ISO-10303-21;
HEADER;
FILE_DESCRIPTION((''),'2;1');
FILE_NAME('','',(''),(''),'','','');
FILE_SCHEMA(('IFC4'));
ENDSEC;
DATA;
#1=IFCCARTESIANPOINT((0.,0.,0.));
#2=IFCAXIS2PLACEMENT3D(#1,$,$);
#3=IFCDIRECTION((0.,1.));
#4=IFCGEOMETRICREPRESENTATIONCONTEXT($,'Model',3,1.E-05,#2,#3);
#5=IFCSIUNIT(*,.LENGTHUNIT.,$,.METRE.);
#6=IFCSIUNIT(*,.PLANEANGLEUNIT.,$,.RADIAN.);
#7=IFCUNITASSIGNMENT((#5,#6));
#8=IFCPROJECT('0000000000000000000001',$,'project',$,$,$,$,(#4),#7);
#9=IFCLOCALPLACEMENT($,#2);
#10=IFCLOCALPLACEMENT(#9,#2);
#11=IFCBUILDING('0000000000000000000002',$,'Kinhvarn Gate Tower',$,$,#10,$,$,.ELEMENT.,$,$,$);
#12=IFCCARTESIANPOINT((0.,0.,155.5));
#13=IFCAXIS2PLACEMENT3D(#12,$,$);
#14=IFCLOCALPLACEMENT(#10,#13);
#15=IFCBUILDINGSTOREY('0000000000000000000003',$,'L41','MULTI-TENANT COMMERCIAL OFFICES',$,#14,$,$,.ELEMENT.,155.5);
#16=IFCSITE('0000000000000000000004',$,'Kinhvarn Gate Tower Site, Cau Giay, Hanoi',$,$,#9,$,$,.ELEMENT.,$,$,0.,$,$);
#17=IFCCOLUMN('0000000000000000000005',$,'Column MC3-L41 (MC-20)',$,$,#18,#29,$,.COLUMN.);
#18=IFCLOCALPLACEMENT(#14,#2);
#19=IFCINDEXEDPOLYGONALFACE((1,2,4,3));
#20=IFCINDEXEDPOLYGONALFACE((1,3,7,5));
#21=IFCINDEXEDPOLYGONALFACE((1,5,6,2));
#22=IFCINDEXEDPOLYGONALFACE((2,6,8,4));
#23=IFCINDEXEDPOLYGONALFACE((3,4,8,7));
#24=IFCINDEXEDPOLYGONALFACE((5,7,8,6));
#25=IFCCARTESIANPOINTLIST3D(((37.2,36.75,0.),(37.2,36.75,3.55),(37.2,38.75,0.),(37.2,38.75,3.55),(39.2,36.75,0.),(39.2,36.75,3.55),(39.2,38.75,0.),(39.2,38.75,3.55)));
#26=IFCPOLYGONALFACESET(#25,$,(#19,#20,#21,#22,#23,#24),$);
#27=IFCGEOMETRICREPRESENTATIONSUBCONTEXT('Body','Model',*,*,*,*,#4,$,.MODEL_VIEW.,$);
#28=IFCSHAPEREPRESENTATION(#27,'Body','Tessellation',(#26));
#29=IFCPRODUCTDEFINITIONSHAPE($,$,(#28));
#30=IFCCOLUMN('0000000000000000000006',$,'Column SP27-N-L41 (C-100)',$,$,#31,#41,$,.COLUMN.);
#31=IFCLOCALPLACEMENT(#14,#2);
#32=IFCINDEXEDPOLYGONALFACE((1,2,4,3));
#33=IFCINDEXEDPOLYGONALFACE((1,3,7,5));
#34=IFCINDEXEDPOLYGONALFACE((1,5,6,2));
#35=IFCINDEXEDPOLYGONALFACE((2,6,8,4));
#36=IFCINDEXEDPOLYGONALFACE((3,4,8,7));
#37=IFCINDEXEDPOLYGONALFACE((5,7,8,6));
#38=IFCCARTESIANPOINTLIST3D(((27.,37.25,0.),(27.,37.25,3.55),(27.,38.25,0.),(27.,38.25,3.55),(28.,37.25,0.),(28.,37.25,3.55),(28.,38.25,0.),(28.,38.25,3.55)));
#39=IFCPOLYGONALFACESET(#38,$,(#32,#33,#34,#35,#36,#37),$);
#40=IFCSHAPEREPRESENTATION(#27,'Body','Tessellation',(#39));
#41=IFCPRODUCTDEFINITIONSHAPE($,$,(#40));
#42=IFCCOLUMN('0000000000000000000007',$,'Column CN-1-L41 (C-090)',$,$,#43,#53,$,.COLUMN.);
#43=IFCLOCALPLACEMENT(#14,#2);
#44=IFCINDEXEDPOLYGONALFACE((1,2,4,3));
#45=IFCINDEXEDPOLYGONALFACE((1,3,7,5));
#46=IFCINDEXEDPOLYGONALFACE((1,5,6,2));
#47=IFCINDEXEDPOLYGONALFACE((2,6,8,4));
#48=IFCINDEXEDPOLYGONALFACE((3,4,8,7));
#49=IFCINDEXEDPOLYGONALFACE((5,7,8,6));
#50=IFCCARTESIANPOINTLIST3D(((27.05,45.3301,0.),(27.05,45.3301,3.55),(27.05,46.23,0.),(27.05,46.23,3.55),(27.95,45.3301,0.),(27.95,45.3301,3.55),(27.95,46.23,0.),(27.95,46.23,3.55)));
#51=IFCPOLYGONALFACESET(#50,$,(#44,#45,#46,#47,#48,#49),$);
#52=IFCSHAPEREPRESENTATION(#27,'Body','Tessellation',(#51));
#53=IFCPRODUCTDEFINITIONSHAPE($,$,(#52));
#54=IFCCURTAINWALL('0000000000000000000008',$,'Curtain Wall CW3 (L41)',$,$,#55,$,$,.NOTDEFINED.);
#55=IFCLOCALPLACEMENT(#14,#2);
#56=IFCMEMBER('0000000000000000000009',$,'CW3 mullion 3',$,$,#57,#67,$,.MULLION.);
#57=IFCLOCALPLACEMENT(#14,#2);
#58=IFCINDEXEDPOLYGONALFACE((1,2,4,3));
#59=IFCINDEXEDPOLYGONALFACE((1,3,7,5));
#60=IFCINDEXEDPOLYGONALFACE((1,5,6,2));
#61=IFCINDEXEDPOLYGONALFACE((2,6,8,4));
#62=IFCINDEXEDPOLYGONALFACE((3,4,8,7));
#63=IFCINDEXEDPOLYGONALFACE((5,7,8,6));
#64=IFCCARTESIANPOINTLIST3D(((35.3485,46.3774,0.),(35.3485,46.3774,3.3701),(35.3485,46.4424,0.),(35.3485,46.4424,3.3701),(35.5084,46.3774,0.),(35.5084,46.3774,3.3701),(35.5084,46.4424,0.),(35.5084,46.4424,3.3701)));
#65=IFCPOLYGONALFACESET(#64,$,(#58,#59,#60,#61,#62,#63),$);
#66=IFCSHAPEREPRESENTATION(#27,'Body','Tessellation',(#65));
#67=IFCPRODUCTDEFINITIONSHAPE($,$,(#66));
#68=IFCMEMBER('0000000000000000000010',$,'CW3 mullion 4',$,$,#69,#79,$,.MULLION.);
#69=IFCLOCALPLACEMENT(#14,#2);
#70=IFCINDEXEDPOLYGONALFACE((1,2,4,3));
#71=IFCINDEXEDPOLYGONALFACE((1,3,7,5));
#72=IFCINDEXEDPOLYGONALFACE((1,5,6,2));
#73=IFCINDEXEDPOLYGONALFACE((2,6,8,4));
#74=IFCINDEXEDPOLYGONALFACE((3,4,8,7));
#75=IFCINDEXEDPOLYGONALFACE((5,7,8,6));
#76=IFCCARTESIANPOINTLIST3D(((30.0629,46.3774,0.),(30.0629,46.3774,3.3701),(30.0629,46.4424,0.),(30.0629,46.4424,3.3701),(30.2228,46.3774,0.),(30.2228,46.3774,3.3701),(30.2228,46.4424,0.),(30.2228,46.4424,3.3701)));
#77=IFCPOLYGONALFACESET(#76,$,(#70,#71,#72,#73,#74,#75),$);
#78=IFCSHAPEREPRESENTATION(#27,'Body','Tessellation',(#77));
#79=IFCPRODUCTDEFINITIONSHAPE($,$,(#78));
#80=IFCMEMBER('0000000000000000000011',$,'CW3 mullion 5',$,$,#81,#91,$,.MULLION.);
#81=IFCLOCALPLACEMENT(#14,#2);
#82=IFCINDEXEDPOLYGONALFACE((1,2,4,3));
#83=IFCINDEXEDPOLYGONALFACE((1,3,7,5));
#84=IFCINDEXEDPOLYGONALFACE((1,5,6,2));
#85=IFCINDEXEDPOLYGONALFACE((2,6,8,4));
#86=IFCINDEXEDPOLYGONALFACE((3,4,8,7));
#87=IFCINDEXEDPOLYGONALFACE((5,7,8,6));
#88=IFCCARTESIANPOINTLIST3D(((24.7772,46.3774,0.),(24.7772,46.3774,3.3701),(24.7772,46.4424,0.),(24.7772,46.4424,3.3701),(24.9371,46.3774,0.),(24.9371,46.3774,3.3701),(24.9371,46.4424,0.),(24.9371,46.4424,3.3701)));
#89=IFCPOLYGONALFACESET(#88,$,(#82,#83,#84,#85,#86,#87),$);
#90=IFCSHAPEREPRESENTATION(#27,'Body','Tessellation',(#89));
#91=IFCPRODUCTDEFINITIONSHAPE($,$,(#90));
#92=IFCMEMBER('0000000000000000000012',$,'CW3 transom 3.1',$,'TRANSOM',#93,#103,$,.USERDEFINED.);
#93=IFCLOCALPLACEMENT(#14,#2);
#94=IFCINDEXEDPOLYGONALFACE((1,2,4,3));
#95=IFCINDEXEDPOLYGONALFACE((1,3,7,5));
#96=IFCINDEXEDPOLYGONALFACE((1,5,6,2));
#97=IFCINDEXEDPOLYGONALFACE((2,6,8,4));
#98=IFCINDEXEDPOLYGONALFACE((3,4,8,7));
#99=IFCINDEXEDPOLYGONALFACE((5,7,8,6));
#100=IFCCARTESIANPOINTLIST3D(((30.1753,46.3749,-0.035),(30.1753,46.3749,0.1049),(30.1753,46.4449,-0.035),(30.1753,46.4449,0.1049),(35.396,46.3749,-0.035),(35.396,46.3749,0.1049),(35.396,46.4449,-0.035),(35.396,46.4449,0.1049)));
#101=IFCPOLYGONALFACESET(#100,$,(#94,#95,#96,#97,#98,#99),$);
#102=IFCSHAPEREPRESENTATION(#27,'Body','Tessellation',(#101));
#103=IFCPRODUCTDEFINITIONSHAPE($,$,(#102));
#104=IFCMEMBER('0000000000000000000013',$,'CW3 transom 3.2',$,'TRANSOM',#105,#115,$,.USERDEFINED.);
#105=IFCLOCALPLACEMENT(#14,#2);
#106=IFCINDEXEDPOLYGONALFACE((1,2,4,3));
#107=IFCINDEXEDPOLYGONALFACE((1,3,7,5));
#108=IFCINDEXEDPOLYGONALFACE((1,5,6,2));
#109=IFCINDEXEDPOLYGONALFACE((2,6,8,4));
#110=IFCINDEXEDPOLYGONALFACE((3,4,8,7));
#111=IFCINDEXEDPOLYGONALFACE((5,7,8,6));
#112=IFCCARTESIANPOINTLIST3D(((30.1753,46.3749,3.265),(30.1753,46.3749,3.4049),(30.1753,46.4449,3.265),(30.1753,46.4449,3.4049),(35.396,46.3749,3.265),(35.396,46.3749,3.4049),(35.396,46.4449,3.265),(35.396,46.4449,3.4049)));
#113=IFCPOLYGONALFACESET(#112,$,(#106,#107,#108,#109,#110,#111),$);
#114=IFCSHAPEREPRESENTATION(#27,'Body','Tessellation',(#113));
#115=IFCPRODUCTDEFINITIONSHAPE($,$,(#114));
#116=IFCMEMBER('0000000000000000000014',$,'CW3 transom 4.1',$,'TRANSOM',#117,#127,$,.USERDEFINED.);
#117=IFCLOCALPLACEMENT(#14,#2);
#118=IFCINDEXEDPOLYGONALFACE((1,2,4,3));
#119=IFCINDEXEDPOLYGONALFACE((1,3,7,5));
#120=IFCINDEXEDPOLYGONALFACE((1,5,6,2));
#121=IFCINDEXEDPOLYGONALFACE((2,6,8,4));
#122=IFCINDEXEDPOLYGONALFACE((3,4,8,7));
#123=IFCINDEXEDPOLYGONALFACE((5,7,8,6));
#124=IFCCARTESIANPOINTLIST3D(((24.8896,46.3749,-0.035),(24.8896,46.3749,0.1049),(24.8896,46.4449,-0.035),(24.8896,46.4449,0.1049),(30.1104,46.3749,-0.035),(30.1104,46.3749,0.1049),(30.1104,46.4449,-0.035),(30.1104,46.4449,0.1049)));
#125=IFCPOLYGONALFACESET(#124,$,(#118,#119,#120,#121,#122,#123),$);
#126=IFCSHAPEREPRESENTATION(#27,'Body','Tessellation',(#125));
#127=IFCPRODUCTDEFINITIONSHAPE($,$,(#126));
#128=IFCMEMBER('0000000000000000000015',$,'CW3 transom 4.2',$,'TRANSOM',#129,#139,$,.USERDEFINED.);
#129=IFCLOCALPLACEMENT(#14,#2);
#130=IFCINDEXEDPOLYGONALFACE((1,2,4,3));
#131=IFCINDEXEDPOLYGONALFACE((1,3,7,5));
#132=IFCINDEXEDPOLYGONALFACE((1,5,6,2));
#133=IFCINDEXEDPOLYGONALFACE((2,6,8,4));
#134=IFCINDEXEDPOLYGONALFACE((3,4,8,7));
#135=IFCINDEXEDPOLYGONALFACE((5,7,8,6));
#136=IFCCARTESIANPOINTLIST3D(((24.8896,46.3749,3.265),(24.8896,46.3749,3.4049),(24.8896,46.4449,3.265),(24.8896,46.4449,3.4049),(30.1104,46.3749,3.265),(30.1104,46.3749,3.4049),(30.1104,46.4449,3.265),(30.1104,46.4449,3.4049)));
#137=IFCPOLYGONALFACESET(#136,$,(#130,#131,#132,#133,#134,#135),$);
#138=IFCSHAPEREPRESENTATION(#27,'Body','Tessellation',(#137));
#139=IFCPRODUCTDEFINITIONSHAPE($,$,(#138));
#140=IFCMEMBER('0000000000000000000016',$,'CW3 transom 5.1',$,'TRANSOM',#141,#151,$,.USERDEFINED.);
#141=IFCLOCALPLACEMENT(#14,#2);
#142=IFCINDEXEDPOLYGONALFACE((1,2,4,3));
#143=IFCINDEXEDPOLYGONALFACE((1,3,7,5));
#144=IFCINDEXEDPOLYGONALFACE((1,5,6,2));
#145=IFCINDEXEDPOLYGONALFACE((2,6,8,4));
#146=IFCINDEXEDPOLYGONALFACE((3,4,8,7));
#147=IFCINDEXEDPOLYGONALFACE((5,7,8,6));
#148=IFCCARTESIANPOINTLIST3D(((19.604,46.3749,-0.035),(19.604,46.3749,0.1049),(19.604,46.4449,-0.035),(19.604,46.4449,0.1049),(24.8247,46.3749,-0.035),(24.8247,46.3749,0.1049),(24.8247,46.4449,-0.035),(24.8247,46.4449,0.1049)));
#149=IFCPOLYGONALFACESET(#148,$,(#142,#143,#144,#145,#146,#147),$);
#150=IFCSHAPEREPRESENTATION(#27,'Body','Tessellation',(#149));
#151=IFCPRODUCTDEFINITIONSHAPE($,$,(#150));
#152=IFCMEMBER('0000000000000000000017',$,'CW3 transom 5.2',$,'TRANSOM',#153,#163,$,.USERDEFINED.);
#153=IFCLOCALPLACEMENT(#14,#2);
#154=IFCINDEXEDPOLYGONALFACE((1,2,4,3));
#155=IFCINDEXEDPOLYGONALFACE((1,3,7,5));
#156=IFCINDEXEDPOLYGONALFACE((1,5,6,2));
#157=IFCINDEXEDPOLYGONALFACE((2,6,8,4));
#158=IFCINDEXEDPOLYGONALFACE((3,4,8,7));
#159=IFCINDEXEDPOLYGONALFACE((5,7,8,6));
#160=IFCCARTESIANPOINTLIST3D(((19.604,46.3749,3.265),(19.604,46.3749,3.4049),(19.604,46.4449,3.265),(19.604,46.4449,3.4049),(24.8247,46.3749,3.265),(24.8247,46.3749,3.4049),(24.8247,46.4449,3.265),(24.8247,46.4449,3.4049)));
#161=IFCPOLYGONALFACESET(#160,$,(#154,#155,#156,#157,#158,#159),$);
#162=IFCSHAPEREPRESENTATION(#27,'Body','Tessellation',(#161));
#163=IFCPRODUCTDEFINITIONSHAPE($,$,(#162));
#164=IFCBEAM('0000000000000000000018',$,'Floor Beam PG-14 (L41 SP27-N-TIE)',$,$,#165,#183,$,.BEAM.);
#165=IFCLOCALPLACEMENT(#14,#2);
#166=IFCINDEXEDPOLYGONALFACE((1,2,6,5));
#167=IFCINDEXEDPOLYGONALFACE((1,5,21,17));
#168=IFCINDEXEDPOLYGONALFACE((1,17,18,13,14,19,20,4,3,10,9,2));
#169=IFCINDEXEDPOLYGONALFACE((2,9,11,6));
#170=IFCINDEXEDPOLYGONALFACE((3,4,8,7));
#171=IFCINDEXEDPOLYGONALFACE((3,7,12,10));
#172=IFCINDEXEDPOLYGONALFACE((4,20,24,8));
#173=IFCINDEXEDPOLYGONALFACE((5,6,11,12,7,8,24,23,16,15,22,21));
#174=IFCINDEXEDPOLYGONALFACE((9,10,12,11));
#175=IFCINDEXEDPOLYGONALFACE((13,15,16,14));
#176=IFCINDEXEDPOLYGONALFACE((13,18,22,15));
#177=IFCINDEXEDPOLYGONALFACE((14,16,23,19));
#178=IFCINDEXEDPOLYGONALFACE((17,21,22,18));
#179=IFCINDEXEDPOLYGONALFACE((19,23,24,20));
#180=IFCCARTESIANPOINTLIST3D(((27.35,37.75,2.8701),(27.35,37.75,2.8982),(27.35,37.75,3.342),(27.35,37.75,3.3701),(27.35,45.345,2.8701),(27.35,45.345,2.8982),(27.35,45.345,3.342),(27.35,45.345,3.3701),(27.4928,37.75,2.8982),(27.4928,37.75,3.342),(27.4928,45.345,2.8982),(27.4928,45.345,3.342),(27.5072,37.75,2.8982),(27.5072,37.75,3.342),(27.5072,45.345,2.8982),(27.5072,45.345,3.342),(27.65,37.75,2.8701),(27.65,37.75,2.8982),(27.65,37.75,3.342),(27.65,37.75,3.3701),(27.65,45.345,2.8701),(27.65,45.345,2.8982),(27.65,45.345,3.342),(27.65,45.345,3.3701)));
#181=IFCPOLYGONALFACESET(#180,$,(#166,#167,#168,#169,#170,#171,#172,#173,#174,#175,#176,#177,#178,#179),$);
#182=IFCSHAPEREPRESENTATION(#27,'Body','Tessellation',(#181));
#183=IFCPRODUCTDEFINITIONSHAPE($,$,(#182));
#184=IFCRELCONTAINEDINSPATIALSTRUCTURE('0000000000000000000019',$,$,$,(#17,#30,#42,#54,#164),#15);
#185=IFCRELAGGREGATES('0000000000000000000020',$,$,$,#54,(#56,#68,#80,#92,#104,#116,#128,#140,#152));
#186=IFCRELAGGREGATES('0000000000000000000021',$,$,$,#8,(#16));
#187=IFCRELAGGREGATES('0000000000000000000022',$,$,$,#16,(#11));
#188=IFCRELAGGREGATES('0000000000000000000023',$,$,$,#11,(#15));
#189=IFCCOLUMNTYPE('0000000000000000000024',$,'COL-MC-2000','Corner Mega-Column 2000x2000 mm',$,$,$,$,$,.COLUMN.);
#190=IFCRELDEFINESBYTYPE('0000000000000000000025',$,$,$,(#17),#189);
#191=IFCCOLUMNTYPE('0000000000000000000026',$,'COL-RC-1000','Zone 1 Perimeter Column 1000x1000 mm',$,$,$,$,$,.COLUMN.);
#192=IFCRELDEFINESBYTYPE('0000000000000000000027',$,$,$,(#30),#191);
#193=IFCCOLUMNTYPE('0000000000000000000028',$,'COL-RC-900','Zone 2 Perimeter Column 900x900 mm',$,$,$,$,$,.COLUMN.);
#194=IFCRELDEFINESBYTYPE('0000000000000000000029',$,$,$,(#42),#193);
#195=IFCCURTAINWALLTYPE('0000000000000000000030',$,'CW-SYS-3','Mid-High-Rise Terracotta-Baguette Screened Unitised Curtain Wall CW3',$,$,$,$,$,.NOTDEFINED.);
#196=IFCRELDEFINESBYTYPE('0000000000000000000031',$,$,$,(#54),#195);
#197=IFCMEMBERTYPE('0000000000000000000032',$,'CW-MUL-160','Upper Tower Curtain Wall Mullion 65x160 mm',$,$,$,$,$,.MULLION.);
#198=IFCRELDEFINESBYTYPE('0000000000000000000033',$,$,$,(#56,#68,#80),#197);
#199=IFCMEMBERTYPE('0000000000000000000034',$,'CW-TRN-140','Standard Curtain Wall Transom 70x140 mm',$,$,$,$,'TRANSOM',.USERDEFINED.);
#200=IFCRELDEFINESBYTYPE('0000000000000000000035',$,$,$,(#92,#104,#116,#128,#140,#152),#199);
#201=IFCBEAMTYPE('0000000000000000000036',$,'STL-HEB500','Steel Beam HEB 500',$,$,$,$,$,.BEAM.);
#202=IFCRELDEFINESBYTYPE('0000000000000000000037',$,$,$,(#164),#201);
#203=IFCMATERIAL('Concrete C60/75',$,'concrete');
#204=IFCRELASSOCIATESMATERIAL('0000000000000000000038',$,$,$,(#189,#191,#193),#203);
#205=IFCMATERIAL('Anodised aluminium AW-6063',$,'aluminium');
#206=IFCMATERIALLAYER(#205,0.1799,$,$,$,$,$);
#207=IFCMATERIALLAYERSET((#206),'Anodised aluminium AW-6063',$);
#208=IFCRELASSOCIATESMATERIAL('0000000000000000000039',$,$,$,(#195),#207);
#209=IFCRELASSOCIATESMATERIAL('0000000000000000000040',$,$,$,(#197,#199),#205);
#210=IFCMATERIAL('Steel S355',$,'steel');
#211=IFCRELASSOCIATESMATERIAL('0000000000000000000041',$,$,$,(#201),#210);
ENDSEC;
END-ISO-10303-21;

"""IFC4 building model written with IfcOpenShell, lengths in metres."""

from ifc_helpers import new_model, si_unit, direction, frame, origin, origin_2d, place, context, subcontext, project, spatial, rectangle, i_section, extrude, material, layer, layer_set, material_profile, profile_set, type_object, element, aggregate, save


model = new_model("IFC4")

# Units and contexts
model_context = context("Model", 3, precision=1e-05, world=origin(), true_north=direction((0.0, 1.0)))
body_context = subcontext(model_context, "Body", "Model", "MODEL_VIEW")
ifc_project = project(units=[si_unit("LENGTHUNIT", "METRE"), si_unit("PLANEANGLEUNIT", "RADIAN")], contexts=[model_context])

# Site, building, storey
site_placement = place(None, origin())
site = spatial("IfcSite", under=ifc_project, at=site_placement, Name="Kinhvarn Gate Tower Site, Cau Giay, Hanoi", CompositionType="ELEMENT", RefElevation=0.0)
building_placement = place(site_placement, origin())
building = spatial("IfcBuilding", under=site, at=building_placement, Name="Kinhvarn Gate Tower", CompositionType="ELEMENT")
storey_placement = place(building_placement, frame((0.0, 0.0, 155.5)))
storey = spatial("IfcBuildingStorey", under=building, at=storey_placement, Name="L41", Description="MULTI-TENANT COMMERCIAL OFFICES", CompositionType="ELEMENT", Elevation=155.5)

# Columns
ifc_material_1 = material(Name="Concrete C60/75", Category="concrete")
ifc_material_profile_1 = material_profile(ifc_material_1, rectangle(XDim=2.0, YDim=2.0, at=origin_2d()), Name="RC 2000x2000")
ifc_profile_set_1 = profile_set([ifc_material_profile_1], Name="Concrete C60/75")
column_type_1 = type_object("IfcColumnType", Name="COL-MC-2000", Description="Corner Mega-Column 2000x2000 mm", PredefinedType="COLUMN", material=ifc_profile_set_1)
column_1_placement = place(storey_placement, frame((38.2, 37.75, 0.0), z_axis=(0.0, 0.0, 1.0), x_axis=(1.0, 0.0, 0.0)))
element("IfcColumn", 1, at=column_1_placement, inside=storey, type_object=column_type_1, Name="Column MC3-L41 (MC-20)", PredefinedType="COLUMN", context=body_context, shape_type="SweptSolid", body=[
    extrude(rectangle(XDim=2.0, YDim=2.0, at=origin_2d()), origin(), (0.0, 0.0, 1.0), 3.55),
])
ifc_material_profile_2 = material_profile(ifc_material_1, rectangle(XDim=1.0, YDim=1.0, at=origin_2d()), Name="RC 1000x1000")
ifc_profile_set_2 = profile_set([ifc_material_profile_2], Name="Concrete C60/75")
column_type_2 = type_object("IfcColumnType", Name="COL-RC-1000", Description="Zone 1 Perimeter Column 1000x1000 mm", PredefinedType="COLUMN", material=ifc_profile_set_2)
column_2_placement = place(storey_placement, frame((27.5, 37.75, 0.0), z_axis=(0.0, 0.0, 1.0), x_axis=(1.0, 0.0, 0.0)))
element("IfcColumn", 2, at=column_2_placement, inside=storey, type_object=column_type_2, Name="Column SP27-N-L41 (C-100)", PredefinedType="COLUMN", context=body_context, shape_type="SweptSolid", body=[
    extrude(rectangle(XDim=1.0, YDim=1.0, at=origin_2d()), origin(), (0.0, 0.0, 1.0), 3.55),
])
ifc_material_profile_3 = material_profile(ifc_material_1, rectangle(XDim=0.8999, YDim=0.8999, at=origin_2d()), Name="RC 900x900")
ifc_profile_set_3 = profile_set([ifc_material_profile_3], Name="Concrete C60/75")
column_type_3 = type_object("IfcColumnType", Name="COL-RC-900", Description="Zone 2 Perimeter Column 900x900 mm", PredefinedType="COLUMN", material=ifc_profile_set_3)
column_3_placement = place(storey_placement, frame((27.5, 45.78, 0.0), z_axis=(0.0, 0.0, 1.0), x_axis=(1.0, 0.0, 0.0)))
element("IfcColumn", 3, at=column_3_placement, inside=storey, type_object=column_type_3, Name="Column CN-1-L41 (C-090)", PredefinedType="COLUMN", context=body_context, shape_type="SweptSolid", body=[
    extrude(rectangle(XDim=0.8999, YDim=0.8999, at=origin_2d()), origin(), (0.0, 0.0, 1.0), 3.55),
])

# Curtain wall, members
ifc_material_2 = material(Name="Anodised aluminium AW-6063", Category="aluminium")
ifc_layer_1 = layer(ifc_material_2, 0.1799)
ifc_layer_set_1 = layer_set([ifc_layer_1], Name="Anodised aluminium AW-6063")
curtain_wall_type = type_object("IfcCurtainWallType", Name="CW-SYS-3", Description="Mid-High-Rise Terracotta-Baguette Screened Unitised Curtain Wall CW3", PredefinedType="NOTDEFINED", material=ifc_layer_set_1)
curtain_wall_placement = place(storey_placement, origin())
curtain_wall = element("IfcCurtainWall", 4, at=curtain_wall_placement, inside=storey, type_object=curtain_wall_type, Name="Curtain Wall CW3 (L41)", PredefinedType="NOTDEFINED")
ifc_material_profile_4 = material_profile(ifc_material_2, rectangle(XDim=0.0649, YDim=0.1599, at=origin_2d()), Name="ALU 65x160")
ifc_profile_set_4 = profile_set([ifc_material_profile_4], Name="Anodised aluminium AW-6063")
member_type_1 = type_object("IfcMemberType", Name="CW-MUL-160", Description="Upper Tower Curtain Wall Mullion 65x160 mm", PredefinedType="MULLION", material=ifc_profile_set_4)
member_1_placement = place(storey_placement, frame((35.4285, 46.4099, 0.0), z_axis=(0.0, 0.0, 1.0), x_axis=(0.0, -1.0, 0.0)))
member_1 = element("IfcMember", 5, at=member_1_placement, type_object=member_type_1, Name="CW3 mullion 3", PredefinedType="MULLION", context=body_context, shape_type="SweptSolid", body=[
    extrude(rectangle(XDim=0.0649, YDim=0.1599, at=origin_2d()), origin(), (0.0, 0.0, 1.0), 3.3701),
])
member_2_placement = place(storey_placement, frame((30.1428, 46.4099, 0.0), z_axis=(0.0, 0.0, 1.0), x_axis=(0.0, -1.0, 0.0)))
member_2 = element("IfcMember", 6, at=member_2_placement, type_object=member_type_1, Name="CW3 mullion 4", PredefinedType="MULLION", context=body_context, shape_type="SweptSolid", body=[
    extrude(rectangle(XDim=0.0649, YDim=0.1599, at=origin_2d()), origin(), (0.0, 0.0, 1.0), 3.3701),
])
member_3_placement = place(storey_placement, frame((24.8572, 46.4099, 0.0), z_axis=(0.0, 0.0, 1.0), x_axis=(0.0, -1.0, 0.0)))
member_3 = element("IfcMember", 7, at=member_3_placement, type_object=member_type_1, Name="CW3 mullion 5", PredefinedType="MULLION", context=body_context, shape_type="SweptSolid", body=[
    extrude(rectangle(XDim=0.0649, YDim=0.1599, at=origin_2d()), origin(), (0.0, 0.0, 1.0), 3.3701),
])
ifc_material_profile_5 = material_profile(ifc_material_2, rectangle(XDim=0.0701, YDim=0.1399, at=origin_2d()), Name="ALU 70x140")
ifc_profile_set_5 = profile_set([ifc_material_profile_5], Name="Anodised aluminium AW-6063")
member_type_2 = type_object("IfcMemberType", Name="CW-TRN-140", Description="Standard Curtain Wall Transom 70x140 mm", ElementType="TRANSOM", PredefinedType="USERDEFINED", material=ifc_profile_set_5)
member_4_placement = place(storey_placement, frame((35.396, 46.4099, 0.0349), z_axis=(-1.0, 0.0, 0.0), x_axis=(0.0, -1.0, 0.0)))
member_4 = element("IfcMember", 8, at=member_4_placement, type_object=member_type_2, Name="CW3 transom 3.1", ObjectType="TRANSOM", PredefinedType="USERDEFINED", context=body_context, shape_type="SweptSolid", body=[
    extrude(rectangle(XDim=0.0701, YDim=0.1399, at=origin_2d()), origin(), (0.0, 0.0, 1.0), 5.2207),
])
member_5_placement = place(storey_placement, frame((35.396, 46.4099, 3.335), z_axis=(-1.0, 0.0, 0.0), x_axis=(0.0, -1.0, 0.0)))
member_5 = element("IfcMember", 9, at=member_5_placement, type_object=member_type_2, Name="CW3 transom 3.2", ObjectType="TRANSOM", PredefinedType="USERDEFINED", context=body_context, shape_type="SweptSolid", body=[
    extrude(rectangle(XDim=0.0701, YDim=0.1399, at=origin_2d()), origin(), (0.0, 0.0, 1.0), 5.2207),
])
member_6_placement = place(storey_placement, frame((30.1104, 46.4099, 0.0349), z_axis=(-1.0, 0.0, 0.0), x_axis=(0.0, -1.0, 0.0)))
member_6 = element("IfcMember", 10, at=member_6_placement, type_object=member_type_2, Name="CW3 transom 4.1", ObjectType="TRANSOM", PredefinedType="USERDEFINED", context=body_context, shape_type="SweptSolid", body=[
    extrude(rectangle(XDim=0.0701, YDim=0.1399, at=origin_2d()), origin(), (0.0, 0.0, 1.0), 5.2207),
])
member_7_placement = place(storey_placement, frame((30.1104, 46.4099, 3.335), z_axis=(-1.0, 0.0, 0.0), x_axis=(0.0, -1.0, 0.0)))
member_7 = element("IfcMember", 11, at=member_7_placement, type_object=member_type_2, Name="CW3 transom 4.2", ObjectType="TRANSOM", PredefinedType="USERDEFINED", context=body_context, shape_type="SweptSolid", body=[
    extrude(rectangle(XDim=0.0701, YDim=0.1399, at=origin_2d()), origin(), (0.0, 0.0, 1.0), 5.2207),
])
member_8_placement = place(storey_placement, frame((24.8247, 46.4099, 0.0349), z_axis=(-1.0, 0.0, 0.0), x_axis=(0.0, -1.0, 0.0)))
member_8 = element("IfcMember", 12, at=member_8_placement, type_object=member_type_2, Name="CW3 transom 5.1", ObjectType="TRANSOM", PredefinedType="USERDEFINED", context=body_context, shape_type="SweptSolid", body=[
    extrude(rectangle(XDim=0.0701, YDim=0.1399, at=origin_2d()), origin(), (0.0, 0.0, 1.0), 5.2207),
])
member_9_placement = place(storey_placement, frame((24.8247, 46.4099, 3.335), z_axis=(-1.0, 0.0, 0.0), x_axis=(0.0, -1.0, 0.0)))
member_9 = element("IfcMember", 13, at=member_9_placement, type_object=member_type_2, Name="CW3 transom 5.2", ObjectType="TRANSOM", PredefinedType="USERDEFINED", context=body_context, shape_type="SweptSolid", body=[
    extrude(rectangle(XDim=0.0701, YDim=0.1399, at=origin_2d()), origin(), (0.0, 0.0, 1.0), 5.2207),
])

# Beam
ifc_material_3 = material(Name="Steel S355", Category="steel")
ifc_material_profile_6 = material_profile(ifc_material_3, i_section(OverallWidth=0.3, OverallDepth=0.5, WebThickness=0.0144, FlangeThickness=0.0281, at=origin_2d()), Name="HEB 500")
ifc_profile_set_6 = profile_set([ifc_material_profile_6], Name="Steel S355")
beam_type_1 = type_object("IfcBeamType", Name="STL-HEB500", Description="Steel Beam HEB 500", PredefinedType="BEAM", material=ifc_profile_set_6)
beam_1_placement = place(storey_placement, frame((27.5, 37.75, 3.1201), z_axis=(0.0, 1.0, 0.0), x_axis=(-1.0, 0.0, 0.0)))
element("IfcBeam", 14, at=beam_1_placement, inside=storey, type_object=beam_type_1, Name="Floor Beam PG-14 (L41 SP27-N-TIE)", PredefinedType="BEAM", context=body_context, shape_type="SweptSolid", body=[
    extrude(i_section(OverallWidth=0.3, OverallDepth=0.5, WebThickness=0.0144, FlangeThickness=0.0281, at=origin_2d()), origin(), (0.0, 0.0, 1.0), 7.595),
])

aggregate(curtain_wall, [member_1, member_2, member_3, member_4, member_5, member_6, member_7, member_8, member_9])

save(model, "model.ifc")
